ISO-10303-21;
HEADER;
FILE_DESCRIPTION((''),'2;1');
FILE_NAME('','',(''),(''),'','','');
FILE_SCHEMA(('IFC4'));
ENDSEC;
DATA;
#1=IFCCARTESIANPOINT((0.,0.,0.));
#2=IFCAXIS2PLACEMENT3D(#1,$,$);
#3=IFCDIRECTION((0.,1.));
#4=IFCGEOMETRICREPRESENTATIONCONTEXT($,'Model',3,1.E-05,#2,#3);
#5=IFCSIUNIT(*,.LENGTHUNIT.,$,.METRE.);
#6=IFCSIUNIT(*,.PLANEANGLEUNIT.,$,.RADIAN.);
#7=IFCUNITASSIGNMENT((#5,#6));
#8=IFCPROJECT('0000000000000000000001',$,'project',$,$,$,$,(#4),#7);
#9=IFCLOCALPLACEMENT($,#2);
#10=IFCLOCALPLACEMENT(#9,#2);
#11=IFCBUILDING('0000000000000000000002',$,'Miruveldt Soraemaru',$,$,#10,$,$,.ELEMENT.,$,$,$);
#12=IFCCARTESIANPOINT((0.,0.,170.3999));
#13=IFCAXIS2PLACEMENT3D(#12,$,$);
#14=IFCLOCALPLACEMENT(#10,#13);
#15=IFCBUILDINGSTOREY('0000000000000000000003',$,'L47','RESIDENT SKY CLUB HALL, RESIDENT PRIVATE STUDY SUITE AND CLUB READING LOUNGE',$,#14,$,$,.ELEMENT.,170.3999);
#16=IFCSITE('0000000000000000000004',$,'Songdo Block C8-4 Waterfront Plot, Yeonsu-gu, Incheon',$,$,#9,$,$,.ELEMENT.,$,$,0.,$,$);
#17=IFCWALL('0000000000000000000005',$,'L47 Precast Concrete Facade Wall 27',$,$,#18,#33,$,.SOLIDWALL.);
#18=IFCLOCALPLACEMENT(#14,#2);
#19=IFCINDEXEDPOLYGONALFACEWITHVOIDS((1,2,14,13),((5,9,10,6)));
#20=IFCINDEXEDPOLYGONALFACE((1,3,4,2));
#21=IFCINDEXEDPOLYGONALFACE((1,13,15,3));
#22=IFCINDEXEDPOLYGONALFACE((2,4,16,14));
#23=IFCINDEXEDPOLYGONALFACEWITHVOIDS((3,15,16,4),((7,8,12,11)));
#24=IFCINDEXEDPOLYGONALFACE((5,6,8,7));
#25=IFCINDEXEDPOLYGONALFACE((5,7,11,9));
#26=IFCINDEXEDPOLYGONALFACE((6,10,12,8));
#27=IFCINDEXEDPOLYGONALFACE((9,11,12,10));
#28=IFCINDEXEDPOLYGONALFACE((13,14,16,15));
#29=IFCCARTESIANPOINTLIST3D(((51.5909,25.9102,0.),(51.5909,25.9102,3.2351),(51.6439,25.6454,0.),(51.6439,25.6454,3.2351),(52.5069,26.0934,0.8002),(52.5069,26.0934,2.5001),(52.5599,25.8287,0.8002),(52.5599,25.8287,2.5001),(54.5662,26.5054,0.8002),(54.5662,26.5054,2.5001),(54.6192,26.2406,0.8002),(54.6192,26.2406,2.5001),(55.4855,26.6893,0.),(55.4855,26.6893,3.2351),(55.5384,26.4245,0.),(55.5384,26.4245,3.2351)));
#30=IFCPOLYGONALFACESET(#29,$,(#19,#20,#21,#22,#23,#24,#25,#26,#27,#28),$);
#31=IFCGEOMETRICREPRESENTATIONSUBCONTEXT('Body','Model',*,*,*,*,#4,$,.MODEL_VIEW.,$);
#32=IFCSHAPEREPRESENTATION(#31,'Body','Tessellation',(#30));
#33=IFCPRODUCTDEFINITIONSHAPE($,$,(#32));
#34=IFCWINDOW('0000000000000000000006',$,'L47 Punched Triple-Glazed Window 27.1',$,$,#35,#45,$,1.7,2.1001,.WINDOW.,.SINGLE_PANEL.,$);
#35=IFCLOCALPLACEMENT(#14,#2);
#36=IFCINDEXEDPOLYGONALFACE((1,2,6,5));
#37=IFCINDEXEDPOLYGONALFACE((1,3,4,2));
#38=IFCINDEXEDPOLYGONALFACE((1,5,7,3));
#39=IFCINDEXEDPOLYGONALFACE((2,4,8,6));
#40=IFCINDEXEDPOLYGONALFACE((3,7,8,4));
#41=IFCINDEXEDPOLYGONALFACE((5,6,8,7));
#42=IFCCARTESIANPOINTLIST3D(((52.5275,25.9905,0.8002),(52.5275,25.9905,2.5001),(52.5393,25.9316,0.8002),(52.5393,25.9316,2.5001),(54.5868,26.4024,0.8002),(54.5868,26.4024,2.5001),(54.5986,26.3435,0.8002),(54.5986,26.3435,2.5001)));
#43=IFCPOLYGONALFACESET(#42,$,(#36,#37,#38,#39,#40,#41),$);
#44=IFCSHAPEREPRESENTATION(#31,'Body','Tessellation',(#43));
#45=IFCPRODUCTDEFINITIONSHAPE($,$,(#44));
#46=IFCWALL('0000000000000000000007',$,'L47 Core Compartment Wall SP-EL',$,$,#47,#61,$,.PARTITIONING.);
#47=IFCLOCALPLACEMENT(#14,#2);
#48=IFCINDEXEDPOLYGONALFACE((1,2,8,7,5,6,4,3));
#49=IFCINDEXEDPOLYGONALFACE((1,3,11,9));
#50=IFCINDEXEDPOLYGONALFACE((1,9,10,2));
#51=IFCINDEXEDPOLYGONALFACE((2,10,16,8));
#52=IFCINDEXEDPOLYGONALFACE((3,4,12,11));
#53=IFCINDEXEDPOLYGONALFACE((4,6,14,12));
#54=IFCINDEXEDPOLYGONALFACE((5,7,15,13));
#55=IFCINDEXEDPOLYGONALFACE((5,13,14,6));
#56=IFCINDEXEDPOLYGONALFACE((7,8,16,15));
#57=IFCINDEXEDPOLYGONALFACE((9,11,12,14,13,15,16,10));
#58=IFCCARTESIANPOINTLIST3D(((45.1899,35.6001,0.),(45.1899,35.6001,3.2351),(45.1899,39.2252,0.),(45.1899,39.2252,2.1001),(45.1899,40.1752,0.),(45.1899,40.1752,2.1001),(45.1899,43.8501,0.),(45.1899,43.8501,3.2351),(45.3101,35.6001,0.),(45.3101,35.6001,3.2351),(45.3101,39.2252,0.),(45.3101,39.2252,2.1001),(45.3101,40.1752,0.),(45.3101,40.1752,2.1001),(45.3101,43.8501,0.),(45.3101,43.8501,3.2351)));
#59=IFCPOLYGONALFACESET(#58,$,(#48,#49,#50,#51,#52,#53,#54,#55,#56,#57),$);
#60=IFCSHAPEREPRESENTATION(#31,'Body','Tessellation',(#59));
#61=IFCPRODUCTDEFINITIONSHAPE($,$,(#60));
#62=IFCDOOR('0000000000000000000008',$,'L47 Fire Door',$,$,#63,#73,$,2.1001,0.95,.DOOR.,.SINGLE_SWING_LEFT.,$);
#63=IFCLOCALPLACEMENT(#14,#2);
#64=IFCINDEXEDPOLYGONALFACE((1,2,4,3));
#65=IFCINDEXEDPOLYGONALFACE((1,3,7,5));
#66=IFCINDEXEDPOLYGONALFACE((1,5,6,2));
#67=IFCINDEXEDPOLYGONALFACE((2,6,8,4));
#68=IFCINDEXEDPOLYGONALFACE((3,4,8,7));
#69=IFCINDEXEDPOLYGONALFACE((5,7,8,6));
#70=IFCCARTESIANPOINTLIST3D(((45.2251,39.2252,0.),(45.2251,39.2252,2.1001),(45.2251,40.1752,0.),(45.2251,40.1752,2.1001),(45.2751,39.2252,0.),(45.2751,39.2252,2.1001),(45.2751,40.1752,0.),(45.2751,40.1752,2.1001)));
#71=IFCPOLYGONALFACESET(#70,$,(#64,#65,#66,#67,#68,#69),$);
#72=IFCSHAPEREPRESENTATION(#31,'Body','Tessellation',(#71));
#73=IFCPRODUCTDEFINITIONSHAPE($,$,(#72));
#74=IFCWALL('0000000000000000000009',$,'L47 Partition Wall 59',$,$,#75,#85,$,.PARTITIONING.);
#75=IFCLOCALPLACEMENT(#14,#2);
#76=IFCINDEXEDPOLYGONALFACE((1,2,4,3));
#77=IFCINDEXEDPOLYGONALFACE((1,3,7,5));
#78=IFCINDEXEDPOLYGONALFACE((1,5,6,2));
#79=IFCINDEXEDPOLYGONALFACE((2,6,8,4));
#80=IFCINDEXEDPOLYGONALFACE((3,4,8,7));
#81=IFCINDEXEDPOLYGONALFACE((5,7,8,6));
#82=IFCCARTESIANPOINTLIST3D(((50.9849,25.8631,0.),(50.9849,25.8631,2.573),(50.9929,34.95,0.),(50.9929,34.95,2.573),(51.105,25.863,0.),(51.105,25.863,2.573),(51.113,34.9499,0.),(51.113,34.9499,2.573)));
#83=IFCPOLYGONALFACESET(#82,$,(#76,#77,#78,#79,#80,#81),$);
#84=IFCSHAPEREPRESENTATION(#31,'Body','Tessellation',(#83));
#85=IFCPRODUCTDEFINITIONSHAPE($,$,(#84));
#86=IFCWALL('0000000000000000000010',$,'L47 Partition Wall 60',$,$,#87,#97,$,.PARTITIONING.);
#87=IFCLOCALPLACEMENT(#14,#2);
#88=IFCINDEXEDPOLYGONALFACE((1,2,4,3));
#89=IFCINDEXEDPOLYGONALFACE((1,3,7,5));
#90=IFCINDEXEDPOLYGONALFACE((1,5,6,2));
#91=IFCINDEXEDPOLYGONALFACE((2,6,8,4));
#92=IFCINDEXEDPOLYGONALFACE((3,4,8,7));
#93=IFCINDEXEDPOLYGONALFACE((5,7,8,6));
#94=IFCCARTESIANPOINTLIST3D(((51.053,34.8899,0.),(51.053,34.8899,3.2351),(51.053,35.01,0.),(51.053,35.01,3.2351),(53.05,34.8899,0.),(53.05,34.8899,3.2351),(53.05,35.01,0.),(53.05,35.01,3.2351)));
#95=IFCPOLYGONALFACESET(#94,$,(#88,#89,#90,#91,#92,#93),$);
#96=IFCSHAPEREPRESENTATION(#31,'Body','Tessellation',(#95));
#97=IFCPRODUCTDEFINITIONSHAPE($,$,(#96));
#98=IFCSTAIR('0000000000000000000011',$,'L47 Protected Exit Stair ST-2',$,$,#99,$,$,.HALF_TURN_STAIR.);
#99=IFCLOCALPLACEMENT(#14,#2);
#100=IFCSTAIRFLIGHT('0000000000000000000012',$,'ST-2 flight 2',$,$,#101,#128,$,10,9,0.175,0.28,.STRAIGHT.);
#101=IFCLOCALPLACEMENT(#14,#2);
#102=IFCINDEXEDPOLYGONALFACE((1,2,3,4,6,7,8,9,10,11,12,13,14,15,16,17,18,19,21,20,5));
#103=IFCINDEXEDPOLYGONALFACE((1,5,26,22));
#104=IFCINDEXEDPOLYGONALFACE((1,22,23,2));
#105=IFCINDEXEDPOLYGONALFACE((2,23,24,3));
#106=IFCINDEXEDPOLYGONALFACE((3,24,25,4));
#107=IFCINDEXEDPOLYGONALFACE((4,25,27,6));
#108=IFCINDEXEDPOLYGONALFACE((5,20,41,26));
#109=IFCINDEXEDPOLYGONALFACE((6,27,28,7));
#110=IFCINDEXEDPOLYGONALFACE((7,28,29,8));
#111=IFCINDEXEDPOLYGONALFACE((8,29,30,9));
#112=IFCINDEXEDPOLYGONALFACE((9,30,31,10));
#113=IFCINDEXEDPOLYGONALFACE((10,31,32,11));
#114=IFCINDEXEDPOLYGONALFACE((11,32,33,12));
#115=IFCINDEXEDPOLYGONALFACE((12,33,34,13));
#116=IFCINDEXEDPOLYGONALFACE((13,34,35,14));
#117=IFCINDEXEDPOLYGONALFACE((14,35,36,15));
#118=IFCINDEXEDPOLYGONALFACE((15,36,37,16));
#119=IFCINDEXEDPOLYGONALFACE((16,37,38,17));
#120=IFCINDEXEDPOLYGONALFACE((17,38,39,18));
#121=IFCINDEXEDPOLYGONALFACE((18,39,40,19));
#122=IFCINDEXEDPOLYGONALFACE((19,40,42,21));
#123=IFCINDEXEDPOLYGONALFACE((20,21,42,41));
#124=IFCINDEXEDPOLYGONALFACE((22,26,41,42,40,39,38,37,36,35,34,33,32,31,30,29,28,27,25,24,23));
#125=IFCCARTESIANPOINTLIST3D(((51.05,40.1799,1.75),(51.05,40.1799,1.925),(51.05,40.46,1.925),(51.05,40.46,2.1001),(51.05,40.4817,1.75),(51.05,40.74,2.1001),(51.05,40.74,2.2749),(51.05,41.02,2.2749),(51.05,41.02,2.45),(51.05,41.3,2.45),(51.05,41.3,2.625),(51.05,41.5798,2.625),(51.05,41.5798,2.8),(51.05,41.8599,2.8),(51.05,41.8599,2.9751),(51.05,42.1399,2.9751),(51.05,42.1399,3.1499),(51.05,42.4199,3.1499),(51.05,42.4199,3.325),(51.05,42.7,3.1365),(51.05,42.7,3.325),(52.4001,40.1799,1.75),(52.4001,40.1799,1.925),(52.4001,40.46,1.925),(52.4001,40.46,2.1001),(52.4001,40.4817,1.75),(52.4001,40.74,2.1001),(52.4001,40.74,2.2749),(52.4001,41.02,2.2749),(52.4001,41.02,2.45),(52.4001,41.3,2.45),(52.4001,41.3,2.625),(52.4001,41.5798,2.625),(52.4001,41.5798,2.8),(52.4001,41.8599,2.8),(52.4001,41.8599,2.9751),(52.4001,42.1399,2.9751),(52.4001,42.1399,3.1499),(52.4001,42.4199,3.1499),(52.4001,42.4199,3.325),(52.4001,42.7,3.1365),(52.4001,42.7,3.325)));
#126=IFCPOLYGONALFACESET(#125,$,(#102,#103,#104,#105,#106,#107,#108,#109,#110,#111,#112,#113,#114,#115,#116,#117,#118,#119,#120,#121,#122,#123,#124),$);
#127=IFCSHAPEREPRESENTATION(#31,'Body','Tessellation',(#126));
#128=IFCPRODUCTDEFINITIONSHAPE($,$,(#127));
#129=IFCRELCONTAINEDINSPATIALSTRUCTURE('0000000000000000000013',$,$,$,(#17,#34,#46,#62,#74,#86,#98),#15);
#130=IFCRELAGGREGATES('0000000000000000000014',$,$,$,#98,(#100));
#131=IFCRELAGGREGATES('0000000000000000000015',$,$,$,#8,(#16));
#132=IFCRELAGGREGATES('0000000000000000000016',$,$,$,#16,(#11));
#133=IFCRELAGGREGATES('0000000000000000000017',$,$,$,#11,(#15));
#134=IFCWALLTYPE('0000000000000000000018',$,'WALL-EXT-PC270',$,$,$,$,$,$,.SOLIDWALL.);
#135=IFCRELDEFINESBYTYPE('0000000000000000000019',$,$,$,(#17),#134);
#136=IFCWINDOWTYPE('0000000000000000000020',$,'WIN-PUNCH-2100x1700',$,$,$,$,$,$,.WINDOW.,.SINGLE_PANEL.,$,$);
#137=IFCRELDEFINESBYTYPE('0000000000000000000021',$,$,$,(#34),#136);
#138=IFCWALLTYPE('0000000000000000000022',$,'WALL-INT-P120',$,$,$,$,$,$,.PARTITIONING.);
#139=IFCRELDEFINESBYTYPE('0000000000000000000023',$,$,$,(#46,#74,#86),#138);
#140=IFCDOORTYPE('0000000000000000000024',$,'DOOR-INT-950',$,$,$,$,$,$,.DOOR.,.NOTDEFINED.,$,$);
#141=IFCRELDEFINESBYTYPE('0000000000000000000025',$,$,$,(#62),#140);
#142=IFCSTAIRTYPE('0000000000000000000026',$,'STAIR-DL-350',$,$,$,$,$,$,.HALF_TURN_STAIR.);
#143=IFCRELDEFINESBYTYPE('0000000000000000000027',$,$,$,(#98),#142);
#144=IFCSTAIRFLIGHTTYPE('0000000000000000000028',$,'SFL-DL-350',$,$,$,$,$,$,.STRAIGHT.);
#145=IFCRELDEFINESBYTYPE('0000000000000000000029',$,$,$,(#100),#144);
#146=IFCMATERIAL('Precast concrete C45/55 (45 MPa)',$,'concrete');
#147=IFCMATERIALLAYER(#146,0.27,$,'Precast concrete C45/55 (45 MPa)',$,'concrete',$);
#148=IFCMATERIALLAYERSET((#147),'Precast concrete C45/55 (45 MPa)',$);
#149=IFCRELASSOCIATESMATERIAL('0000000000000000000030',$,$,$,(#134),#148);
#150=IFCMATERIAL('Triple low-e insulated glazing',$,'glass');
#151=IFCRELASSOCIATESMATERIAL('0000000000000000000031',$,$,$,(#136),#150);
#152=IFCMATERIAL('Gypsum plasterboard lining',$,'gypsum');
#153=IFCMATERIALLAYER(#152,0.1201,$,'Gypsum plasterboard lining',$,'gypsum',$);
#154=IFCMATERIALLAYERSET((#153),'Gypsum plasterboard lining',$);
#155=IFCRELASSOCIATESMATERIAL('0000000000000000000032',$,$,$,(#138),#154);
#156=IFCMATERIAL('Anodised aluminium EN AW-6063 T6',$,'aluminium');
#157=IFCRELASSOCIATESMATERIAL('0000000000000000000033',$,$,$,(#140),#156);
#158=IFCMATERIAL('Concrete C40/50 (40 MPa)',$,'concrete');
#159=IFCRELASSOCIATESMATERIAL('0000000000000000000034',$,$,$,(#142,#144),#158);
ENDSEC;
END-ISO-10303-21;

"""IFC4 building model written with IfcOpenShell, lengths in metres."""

from ifc_helpers import new_model, si_unit, direction, frame, frame_2d, origin, place, context, subcontext, project, spatial, polyline, rectangle, outline, extrude, material, layer, layer_set, type_object, element, fill, aggregate, save


model = new_model("IFC4")

# Units and contexts
model_context = context("Model", 3, precision=1e-05, world=origin(), true_north=direction((0.0, 1.0)))
body_context = subcontext(model_context, "Body", "Model", "MODEL_VIEW")
ifc_project = project(units=[si_unit("LENGTHUNIT", "METRE"), si_unit("PLANEANGLEUNIT", "RADIAN")], contexts=[model_context])

# Site, building, storey
site_placement = place(None, origin())
site = spatial("IfcSite", under=ifc_project, at=site_placement, Name="Songdo Block C8-4 Waterfront Plot, Yeonsu-gu, Incheon", CompositionType="ELEMENT", RefElevation=0.0)
building_placement = place(site_placement, origin())
building = spatial("IfcBuilding", under=site, at=building_placement, Name="Miruveldt Soraemaru", CompositionType="ELEMENT")
storey_placement = place(building_placement, frame((0.0, 0.0, 170.3999)))
storey = spatial("IfcBuildingStorey", under=building, at=storey_placement, Name="L47", Description="RESIDENT SKY CLUB HALL, RESIDENT PRIVATE STUDY SUITE AND CLUB READING LOUNGE", CompositionType="ELEMENT", Elevation=170.3999)

# Shared definitions
ifc_material_1 = material(Name="Triple low-e insulated glazing", Category="glass")

# Shared definitions
ifc_material_2 = material(Name="Precast concrete C45/55 (45 MPa)", Category="concrete")
ifc_layer_1 = layer(ifc_material_2, 0.27, Name="Precast concrete C45/55 (45 MPa)", Category="concrete")
ifc_layer_set_1 = layer_set([ifc_layer_1], Name="Precast concrete C45/55 (45 MPa)")
wall_type_1 = type_object("IfcWallType", Name="WALL-EXT-PC270", PredefinedType="SOLIDWALL", material=ifc_layer_set_1)

# Wall, opening, window
wall_1_placement = place(storey_placement, frame((51.6174, 25.7778, 0.0), z_axis=(0.0, 0.0, 1.0), x_axis=(0.980574, 0.196152, 0.0)))
wall_1 = element("IfcWall", 1, at=wall_1_placement, inside=storey, type_object=wall_type_1, Name="L47 Precast Concrete Facade Wall 27", PredefinedType="SOLIDWALL", context=body_context, shape_type="SweptSolid", body=[
    extrude(rectangle(XDim=3.9717, YDim=0.27, at=frame_2d((1.9858, 0.0))), origin(), (0.0, 0.0, 1.0), 3.2351),
])
opening_1_placement = place(wall_1_placement, frame((0.9341, 0.0, 0.8)))
opening_1 = element("IfcOpeningElement", 2, at=opening_1_placement, cuts=wall_1, PredefinedType="OPENING", context=body_context, shape_type="SweptSolid", body=[
    extrude(rectangle(XDim=2.1001, YDim=1.7, at=frame_2d((1.05, 0.8501))), frame((0.0, 0.145, 0.0), z_axis=(0.0, -1.0, 0.0), x_axis=(1.0, 0.0, 0.0)), (0.0, 0.0, 1.0), 0.29),
])
window_type_1 = type_object("IfcWindowType", Name="WIN-PUNCH-2100x1700", PartitioningType="SINGLE_PANEL", PredefinedType="WINDOW", material=ifc_material_1)
window_1_placement = place(opening_1_placement, origin())
window_1 = element("IfcWindow", 3, at=window_1_placement, inside=storey, type_object=window_type_1, Name="L47 Punched Triple-Glazed Window 27.1", OverallHeight=1.7, OverallWidth=2.1001, PartitioningType="SINGLE_PANEL", PredefinedType="WINDOW", context=body_context, shape_type="SweptSolid", body=[
    extrude(rectangle(XDim=2.1001, YDim=1.7, at=frame_2d((1.05, 0.8501))), frame((0.0, 0.03, 0.0), z_axis=(0.0, -1.0, 0.0), x_axis=(1.0, 0.0, 0.0)), (0.0, 0.0, 1.0), 0.0601),
])
fill(opening_1, window_1)

# Wall, opening, door
ifc_material_3 = material(Name="Gypsum plasterboard lining", Category="gypsum")
ifc_layer_2 = layer(ifc_material_3, 0.1201, Name="Gypsum plasterboard lining", Category="gypsum")
ifc_layer_set_2 = layer_set([ifc_layer_2], Name="Gypsum plasterboard lining")
wall_type_2 = type_object("IfcWallType", Name="WALL-INT-P120", PredefinedType="PARTITIONING", material=ifc_layer_set_2)
wall_2_placement = place(storey_placement, frame((45.25, 35.6001, 0.0), z_axis=(0.0, 0.0, 1.0), x_axis=(0.0, 1.0, 0.0)))
wall_2 = element("IfcWall", 4, at=wall_2_placement, inside=storey, type_object=wall_type_2, Name="L47 Core Compartment Wall SP-EL", PredefinedType="PARTITIONING", context=body_context, shape_type="SweptSolid", body=[
    extrude(rectangle(XDim=8.25, YDim=0.1201, at=frame_2d((4.125, 0.0))), origin(), (0.0, 0.0, 1.0), 3.2351),
])
opening_2_placement = place(wall_2_placement, frame((3.625, 0.0, 0.0)))
opening_2 = element("IfcOpeningElement", 5, at=opening_2_placement, cuts=wall_2, PredefinedType="OPENING", context=body_context, shape_type="SweptSolid", body=[
    extrude(rectangle(XDim=0.95, YDim=2.1001, at=frame_2d((0.4751, 1.05))), frame((0.0, 0.0701, 0.0), z_axis=(0.0, -1.0, 0.0), x_axis=(1.0, 0.0, 0.0)), (0.0, 0.0, 1.0), 0.1401),
])
ifc_material_4 = material(Name="Anodised aluminium EN AW-6063 T6", Category="aluminium")
door_type = type_object("IfcDoorType", Name="DOOR-INT-950", OperationType="NOTDEFINED", PredefinedType="DOOR", material=ifc_material_4)
door_placement = place(opening_2_placement, origin())
door = element("IfcDoor", 6, at=door_placement, inside=storey, type_object=door_type, Name="L47 Fire Door", OperationType="SINGLE_SWING_LEFT", OverallHeight=2.1001, OverallWidth=0.95, PredefinedType="DOOR", context=body_context, shape_type="SweptSolid", body=[
    extrude(rectangle(XDim=0.95, YDim=2.1001, at=frame_2d((0.4751, 1.05))), frame((0.0, 0.0249, 0.0), z_axis=(0.0, -1.0, 0.0), x_axis=(1.0, 0.0, 0.0)), (0.0, 0.0, 1.0), 0.05),
])
fill(opening_2, door)

# Walls
wall_3_placement = place(storey_placement, frame((51.0449, 25.863, 0.0), z_axis=(0.0, 0.0, 1.0), x_axis=(0.000887, 1.0, 0.0)))
element("IfcWall", 7, at=wall_3_placement, inside=storey, type_object=wall_type_2, Name="L47 Partition Wall 59", PredefinedType="PARTITIONING", context=body_context, shape_type="SweptSolid", body=[
    extrude(rectangle(XDim=9.0869, YDim=0.1201, at=frame_2d((4.5435, 0.0))), origin(), (0.0, 0.0, 1.0), 2.573),
])
wall_4_placement = place(storey_placement, frame((51.053, 34.95, 0.0), z_axis=(0.0, 0.0, 1.0), x_axis=(1.0, 0.0, 0.0)))
element("IfcWall", 8, at=wall_4_placement, inside=storey, type_object=wall_type_2, Name="L47 Partition Wall 60", PredefinedType="PARTITIONING", context=body_context, shape_type="SweptSolid", body=[
    extrude(rectangle(XDim=1.9971, YDim=0.1201, at=frame_2d((0.9985, 0.0))), origin(), (0.0, 0.0, 1.0), 3.2351),
])

# Stair, stair flight
ifc_material_5 = material(Name="Concrete C40/50 (40 MPa)", Category="concrete")
stair_type = type_object("IfcStairType", Name="STAIR-DL-350", PredefinedType="HALF_TURN_STAIR", material=ifc_material_5)
stair_placement = place(storey_placement, origin())
stair = element("IfcStair", 9, at=stair_placement, inside=storey, type_object=stair_type, Name="L47 Protected Exit Stair ST-2", PredefinedType="HALF_TURN_STAIR")
stair_flight_type = type_object("IfcStairFlightType", Name="SFL-DL-350", PredefinedType="STRAIGHT", material=ifc_material_5)
stair_flight_placement = place(storey_placement, frame((51.7251, 40.1799, 1.75), z_axis=(0.0, 0.0, 1.0), x_axis=(0.0, 1.0, 0.0)))
stair_flight = element("IfcStairFlight", 10, at=stair_flight_placement, type_object=stair_flight_type, Name="ST-2 flight 2", NumberOfRisers=10, NumberOfTreads=9, PredefinedType="STRAIGHT", RiserHeight=0.175, TreadLength=0.28, context=body_context, shape_type="SweptSolid", body=[
    extrude(outline(polyline([(0.0, 0.0), (0.0, 0.175), (0.28, 0.175), (0.28, 0.3501), (0.5601, 0.3501), (0.5601, 0.5249), (0.8401, 0.5249), (0.8401, 0.7), (1.1201, 0.7), (1.1201, 0.875), (1.3999, 0.875), (1.3999, 1.05), (1.6799, 1.05), (1.6799, 1.2251), (1.96, 1.2251), (1.96, 1.3999), (2.24, 1.3999), (2.24, 1.575), (2.52, 1.575), (2.52, 1.75), (2.52, 1.3865), (0.3018, 0.0), (0.0, 0.0)])), frame((0.0, 0.675, 0.0), z_axis=(0.0, -1.0, 0.0), x_axis=(1.0, 0.0, 0.0)), (0.0, 0.0, 1.0), 1.3501),
])
aggregate(stair, [stair_flight])

save(model, "model.ifc")
